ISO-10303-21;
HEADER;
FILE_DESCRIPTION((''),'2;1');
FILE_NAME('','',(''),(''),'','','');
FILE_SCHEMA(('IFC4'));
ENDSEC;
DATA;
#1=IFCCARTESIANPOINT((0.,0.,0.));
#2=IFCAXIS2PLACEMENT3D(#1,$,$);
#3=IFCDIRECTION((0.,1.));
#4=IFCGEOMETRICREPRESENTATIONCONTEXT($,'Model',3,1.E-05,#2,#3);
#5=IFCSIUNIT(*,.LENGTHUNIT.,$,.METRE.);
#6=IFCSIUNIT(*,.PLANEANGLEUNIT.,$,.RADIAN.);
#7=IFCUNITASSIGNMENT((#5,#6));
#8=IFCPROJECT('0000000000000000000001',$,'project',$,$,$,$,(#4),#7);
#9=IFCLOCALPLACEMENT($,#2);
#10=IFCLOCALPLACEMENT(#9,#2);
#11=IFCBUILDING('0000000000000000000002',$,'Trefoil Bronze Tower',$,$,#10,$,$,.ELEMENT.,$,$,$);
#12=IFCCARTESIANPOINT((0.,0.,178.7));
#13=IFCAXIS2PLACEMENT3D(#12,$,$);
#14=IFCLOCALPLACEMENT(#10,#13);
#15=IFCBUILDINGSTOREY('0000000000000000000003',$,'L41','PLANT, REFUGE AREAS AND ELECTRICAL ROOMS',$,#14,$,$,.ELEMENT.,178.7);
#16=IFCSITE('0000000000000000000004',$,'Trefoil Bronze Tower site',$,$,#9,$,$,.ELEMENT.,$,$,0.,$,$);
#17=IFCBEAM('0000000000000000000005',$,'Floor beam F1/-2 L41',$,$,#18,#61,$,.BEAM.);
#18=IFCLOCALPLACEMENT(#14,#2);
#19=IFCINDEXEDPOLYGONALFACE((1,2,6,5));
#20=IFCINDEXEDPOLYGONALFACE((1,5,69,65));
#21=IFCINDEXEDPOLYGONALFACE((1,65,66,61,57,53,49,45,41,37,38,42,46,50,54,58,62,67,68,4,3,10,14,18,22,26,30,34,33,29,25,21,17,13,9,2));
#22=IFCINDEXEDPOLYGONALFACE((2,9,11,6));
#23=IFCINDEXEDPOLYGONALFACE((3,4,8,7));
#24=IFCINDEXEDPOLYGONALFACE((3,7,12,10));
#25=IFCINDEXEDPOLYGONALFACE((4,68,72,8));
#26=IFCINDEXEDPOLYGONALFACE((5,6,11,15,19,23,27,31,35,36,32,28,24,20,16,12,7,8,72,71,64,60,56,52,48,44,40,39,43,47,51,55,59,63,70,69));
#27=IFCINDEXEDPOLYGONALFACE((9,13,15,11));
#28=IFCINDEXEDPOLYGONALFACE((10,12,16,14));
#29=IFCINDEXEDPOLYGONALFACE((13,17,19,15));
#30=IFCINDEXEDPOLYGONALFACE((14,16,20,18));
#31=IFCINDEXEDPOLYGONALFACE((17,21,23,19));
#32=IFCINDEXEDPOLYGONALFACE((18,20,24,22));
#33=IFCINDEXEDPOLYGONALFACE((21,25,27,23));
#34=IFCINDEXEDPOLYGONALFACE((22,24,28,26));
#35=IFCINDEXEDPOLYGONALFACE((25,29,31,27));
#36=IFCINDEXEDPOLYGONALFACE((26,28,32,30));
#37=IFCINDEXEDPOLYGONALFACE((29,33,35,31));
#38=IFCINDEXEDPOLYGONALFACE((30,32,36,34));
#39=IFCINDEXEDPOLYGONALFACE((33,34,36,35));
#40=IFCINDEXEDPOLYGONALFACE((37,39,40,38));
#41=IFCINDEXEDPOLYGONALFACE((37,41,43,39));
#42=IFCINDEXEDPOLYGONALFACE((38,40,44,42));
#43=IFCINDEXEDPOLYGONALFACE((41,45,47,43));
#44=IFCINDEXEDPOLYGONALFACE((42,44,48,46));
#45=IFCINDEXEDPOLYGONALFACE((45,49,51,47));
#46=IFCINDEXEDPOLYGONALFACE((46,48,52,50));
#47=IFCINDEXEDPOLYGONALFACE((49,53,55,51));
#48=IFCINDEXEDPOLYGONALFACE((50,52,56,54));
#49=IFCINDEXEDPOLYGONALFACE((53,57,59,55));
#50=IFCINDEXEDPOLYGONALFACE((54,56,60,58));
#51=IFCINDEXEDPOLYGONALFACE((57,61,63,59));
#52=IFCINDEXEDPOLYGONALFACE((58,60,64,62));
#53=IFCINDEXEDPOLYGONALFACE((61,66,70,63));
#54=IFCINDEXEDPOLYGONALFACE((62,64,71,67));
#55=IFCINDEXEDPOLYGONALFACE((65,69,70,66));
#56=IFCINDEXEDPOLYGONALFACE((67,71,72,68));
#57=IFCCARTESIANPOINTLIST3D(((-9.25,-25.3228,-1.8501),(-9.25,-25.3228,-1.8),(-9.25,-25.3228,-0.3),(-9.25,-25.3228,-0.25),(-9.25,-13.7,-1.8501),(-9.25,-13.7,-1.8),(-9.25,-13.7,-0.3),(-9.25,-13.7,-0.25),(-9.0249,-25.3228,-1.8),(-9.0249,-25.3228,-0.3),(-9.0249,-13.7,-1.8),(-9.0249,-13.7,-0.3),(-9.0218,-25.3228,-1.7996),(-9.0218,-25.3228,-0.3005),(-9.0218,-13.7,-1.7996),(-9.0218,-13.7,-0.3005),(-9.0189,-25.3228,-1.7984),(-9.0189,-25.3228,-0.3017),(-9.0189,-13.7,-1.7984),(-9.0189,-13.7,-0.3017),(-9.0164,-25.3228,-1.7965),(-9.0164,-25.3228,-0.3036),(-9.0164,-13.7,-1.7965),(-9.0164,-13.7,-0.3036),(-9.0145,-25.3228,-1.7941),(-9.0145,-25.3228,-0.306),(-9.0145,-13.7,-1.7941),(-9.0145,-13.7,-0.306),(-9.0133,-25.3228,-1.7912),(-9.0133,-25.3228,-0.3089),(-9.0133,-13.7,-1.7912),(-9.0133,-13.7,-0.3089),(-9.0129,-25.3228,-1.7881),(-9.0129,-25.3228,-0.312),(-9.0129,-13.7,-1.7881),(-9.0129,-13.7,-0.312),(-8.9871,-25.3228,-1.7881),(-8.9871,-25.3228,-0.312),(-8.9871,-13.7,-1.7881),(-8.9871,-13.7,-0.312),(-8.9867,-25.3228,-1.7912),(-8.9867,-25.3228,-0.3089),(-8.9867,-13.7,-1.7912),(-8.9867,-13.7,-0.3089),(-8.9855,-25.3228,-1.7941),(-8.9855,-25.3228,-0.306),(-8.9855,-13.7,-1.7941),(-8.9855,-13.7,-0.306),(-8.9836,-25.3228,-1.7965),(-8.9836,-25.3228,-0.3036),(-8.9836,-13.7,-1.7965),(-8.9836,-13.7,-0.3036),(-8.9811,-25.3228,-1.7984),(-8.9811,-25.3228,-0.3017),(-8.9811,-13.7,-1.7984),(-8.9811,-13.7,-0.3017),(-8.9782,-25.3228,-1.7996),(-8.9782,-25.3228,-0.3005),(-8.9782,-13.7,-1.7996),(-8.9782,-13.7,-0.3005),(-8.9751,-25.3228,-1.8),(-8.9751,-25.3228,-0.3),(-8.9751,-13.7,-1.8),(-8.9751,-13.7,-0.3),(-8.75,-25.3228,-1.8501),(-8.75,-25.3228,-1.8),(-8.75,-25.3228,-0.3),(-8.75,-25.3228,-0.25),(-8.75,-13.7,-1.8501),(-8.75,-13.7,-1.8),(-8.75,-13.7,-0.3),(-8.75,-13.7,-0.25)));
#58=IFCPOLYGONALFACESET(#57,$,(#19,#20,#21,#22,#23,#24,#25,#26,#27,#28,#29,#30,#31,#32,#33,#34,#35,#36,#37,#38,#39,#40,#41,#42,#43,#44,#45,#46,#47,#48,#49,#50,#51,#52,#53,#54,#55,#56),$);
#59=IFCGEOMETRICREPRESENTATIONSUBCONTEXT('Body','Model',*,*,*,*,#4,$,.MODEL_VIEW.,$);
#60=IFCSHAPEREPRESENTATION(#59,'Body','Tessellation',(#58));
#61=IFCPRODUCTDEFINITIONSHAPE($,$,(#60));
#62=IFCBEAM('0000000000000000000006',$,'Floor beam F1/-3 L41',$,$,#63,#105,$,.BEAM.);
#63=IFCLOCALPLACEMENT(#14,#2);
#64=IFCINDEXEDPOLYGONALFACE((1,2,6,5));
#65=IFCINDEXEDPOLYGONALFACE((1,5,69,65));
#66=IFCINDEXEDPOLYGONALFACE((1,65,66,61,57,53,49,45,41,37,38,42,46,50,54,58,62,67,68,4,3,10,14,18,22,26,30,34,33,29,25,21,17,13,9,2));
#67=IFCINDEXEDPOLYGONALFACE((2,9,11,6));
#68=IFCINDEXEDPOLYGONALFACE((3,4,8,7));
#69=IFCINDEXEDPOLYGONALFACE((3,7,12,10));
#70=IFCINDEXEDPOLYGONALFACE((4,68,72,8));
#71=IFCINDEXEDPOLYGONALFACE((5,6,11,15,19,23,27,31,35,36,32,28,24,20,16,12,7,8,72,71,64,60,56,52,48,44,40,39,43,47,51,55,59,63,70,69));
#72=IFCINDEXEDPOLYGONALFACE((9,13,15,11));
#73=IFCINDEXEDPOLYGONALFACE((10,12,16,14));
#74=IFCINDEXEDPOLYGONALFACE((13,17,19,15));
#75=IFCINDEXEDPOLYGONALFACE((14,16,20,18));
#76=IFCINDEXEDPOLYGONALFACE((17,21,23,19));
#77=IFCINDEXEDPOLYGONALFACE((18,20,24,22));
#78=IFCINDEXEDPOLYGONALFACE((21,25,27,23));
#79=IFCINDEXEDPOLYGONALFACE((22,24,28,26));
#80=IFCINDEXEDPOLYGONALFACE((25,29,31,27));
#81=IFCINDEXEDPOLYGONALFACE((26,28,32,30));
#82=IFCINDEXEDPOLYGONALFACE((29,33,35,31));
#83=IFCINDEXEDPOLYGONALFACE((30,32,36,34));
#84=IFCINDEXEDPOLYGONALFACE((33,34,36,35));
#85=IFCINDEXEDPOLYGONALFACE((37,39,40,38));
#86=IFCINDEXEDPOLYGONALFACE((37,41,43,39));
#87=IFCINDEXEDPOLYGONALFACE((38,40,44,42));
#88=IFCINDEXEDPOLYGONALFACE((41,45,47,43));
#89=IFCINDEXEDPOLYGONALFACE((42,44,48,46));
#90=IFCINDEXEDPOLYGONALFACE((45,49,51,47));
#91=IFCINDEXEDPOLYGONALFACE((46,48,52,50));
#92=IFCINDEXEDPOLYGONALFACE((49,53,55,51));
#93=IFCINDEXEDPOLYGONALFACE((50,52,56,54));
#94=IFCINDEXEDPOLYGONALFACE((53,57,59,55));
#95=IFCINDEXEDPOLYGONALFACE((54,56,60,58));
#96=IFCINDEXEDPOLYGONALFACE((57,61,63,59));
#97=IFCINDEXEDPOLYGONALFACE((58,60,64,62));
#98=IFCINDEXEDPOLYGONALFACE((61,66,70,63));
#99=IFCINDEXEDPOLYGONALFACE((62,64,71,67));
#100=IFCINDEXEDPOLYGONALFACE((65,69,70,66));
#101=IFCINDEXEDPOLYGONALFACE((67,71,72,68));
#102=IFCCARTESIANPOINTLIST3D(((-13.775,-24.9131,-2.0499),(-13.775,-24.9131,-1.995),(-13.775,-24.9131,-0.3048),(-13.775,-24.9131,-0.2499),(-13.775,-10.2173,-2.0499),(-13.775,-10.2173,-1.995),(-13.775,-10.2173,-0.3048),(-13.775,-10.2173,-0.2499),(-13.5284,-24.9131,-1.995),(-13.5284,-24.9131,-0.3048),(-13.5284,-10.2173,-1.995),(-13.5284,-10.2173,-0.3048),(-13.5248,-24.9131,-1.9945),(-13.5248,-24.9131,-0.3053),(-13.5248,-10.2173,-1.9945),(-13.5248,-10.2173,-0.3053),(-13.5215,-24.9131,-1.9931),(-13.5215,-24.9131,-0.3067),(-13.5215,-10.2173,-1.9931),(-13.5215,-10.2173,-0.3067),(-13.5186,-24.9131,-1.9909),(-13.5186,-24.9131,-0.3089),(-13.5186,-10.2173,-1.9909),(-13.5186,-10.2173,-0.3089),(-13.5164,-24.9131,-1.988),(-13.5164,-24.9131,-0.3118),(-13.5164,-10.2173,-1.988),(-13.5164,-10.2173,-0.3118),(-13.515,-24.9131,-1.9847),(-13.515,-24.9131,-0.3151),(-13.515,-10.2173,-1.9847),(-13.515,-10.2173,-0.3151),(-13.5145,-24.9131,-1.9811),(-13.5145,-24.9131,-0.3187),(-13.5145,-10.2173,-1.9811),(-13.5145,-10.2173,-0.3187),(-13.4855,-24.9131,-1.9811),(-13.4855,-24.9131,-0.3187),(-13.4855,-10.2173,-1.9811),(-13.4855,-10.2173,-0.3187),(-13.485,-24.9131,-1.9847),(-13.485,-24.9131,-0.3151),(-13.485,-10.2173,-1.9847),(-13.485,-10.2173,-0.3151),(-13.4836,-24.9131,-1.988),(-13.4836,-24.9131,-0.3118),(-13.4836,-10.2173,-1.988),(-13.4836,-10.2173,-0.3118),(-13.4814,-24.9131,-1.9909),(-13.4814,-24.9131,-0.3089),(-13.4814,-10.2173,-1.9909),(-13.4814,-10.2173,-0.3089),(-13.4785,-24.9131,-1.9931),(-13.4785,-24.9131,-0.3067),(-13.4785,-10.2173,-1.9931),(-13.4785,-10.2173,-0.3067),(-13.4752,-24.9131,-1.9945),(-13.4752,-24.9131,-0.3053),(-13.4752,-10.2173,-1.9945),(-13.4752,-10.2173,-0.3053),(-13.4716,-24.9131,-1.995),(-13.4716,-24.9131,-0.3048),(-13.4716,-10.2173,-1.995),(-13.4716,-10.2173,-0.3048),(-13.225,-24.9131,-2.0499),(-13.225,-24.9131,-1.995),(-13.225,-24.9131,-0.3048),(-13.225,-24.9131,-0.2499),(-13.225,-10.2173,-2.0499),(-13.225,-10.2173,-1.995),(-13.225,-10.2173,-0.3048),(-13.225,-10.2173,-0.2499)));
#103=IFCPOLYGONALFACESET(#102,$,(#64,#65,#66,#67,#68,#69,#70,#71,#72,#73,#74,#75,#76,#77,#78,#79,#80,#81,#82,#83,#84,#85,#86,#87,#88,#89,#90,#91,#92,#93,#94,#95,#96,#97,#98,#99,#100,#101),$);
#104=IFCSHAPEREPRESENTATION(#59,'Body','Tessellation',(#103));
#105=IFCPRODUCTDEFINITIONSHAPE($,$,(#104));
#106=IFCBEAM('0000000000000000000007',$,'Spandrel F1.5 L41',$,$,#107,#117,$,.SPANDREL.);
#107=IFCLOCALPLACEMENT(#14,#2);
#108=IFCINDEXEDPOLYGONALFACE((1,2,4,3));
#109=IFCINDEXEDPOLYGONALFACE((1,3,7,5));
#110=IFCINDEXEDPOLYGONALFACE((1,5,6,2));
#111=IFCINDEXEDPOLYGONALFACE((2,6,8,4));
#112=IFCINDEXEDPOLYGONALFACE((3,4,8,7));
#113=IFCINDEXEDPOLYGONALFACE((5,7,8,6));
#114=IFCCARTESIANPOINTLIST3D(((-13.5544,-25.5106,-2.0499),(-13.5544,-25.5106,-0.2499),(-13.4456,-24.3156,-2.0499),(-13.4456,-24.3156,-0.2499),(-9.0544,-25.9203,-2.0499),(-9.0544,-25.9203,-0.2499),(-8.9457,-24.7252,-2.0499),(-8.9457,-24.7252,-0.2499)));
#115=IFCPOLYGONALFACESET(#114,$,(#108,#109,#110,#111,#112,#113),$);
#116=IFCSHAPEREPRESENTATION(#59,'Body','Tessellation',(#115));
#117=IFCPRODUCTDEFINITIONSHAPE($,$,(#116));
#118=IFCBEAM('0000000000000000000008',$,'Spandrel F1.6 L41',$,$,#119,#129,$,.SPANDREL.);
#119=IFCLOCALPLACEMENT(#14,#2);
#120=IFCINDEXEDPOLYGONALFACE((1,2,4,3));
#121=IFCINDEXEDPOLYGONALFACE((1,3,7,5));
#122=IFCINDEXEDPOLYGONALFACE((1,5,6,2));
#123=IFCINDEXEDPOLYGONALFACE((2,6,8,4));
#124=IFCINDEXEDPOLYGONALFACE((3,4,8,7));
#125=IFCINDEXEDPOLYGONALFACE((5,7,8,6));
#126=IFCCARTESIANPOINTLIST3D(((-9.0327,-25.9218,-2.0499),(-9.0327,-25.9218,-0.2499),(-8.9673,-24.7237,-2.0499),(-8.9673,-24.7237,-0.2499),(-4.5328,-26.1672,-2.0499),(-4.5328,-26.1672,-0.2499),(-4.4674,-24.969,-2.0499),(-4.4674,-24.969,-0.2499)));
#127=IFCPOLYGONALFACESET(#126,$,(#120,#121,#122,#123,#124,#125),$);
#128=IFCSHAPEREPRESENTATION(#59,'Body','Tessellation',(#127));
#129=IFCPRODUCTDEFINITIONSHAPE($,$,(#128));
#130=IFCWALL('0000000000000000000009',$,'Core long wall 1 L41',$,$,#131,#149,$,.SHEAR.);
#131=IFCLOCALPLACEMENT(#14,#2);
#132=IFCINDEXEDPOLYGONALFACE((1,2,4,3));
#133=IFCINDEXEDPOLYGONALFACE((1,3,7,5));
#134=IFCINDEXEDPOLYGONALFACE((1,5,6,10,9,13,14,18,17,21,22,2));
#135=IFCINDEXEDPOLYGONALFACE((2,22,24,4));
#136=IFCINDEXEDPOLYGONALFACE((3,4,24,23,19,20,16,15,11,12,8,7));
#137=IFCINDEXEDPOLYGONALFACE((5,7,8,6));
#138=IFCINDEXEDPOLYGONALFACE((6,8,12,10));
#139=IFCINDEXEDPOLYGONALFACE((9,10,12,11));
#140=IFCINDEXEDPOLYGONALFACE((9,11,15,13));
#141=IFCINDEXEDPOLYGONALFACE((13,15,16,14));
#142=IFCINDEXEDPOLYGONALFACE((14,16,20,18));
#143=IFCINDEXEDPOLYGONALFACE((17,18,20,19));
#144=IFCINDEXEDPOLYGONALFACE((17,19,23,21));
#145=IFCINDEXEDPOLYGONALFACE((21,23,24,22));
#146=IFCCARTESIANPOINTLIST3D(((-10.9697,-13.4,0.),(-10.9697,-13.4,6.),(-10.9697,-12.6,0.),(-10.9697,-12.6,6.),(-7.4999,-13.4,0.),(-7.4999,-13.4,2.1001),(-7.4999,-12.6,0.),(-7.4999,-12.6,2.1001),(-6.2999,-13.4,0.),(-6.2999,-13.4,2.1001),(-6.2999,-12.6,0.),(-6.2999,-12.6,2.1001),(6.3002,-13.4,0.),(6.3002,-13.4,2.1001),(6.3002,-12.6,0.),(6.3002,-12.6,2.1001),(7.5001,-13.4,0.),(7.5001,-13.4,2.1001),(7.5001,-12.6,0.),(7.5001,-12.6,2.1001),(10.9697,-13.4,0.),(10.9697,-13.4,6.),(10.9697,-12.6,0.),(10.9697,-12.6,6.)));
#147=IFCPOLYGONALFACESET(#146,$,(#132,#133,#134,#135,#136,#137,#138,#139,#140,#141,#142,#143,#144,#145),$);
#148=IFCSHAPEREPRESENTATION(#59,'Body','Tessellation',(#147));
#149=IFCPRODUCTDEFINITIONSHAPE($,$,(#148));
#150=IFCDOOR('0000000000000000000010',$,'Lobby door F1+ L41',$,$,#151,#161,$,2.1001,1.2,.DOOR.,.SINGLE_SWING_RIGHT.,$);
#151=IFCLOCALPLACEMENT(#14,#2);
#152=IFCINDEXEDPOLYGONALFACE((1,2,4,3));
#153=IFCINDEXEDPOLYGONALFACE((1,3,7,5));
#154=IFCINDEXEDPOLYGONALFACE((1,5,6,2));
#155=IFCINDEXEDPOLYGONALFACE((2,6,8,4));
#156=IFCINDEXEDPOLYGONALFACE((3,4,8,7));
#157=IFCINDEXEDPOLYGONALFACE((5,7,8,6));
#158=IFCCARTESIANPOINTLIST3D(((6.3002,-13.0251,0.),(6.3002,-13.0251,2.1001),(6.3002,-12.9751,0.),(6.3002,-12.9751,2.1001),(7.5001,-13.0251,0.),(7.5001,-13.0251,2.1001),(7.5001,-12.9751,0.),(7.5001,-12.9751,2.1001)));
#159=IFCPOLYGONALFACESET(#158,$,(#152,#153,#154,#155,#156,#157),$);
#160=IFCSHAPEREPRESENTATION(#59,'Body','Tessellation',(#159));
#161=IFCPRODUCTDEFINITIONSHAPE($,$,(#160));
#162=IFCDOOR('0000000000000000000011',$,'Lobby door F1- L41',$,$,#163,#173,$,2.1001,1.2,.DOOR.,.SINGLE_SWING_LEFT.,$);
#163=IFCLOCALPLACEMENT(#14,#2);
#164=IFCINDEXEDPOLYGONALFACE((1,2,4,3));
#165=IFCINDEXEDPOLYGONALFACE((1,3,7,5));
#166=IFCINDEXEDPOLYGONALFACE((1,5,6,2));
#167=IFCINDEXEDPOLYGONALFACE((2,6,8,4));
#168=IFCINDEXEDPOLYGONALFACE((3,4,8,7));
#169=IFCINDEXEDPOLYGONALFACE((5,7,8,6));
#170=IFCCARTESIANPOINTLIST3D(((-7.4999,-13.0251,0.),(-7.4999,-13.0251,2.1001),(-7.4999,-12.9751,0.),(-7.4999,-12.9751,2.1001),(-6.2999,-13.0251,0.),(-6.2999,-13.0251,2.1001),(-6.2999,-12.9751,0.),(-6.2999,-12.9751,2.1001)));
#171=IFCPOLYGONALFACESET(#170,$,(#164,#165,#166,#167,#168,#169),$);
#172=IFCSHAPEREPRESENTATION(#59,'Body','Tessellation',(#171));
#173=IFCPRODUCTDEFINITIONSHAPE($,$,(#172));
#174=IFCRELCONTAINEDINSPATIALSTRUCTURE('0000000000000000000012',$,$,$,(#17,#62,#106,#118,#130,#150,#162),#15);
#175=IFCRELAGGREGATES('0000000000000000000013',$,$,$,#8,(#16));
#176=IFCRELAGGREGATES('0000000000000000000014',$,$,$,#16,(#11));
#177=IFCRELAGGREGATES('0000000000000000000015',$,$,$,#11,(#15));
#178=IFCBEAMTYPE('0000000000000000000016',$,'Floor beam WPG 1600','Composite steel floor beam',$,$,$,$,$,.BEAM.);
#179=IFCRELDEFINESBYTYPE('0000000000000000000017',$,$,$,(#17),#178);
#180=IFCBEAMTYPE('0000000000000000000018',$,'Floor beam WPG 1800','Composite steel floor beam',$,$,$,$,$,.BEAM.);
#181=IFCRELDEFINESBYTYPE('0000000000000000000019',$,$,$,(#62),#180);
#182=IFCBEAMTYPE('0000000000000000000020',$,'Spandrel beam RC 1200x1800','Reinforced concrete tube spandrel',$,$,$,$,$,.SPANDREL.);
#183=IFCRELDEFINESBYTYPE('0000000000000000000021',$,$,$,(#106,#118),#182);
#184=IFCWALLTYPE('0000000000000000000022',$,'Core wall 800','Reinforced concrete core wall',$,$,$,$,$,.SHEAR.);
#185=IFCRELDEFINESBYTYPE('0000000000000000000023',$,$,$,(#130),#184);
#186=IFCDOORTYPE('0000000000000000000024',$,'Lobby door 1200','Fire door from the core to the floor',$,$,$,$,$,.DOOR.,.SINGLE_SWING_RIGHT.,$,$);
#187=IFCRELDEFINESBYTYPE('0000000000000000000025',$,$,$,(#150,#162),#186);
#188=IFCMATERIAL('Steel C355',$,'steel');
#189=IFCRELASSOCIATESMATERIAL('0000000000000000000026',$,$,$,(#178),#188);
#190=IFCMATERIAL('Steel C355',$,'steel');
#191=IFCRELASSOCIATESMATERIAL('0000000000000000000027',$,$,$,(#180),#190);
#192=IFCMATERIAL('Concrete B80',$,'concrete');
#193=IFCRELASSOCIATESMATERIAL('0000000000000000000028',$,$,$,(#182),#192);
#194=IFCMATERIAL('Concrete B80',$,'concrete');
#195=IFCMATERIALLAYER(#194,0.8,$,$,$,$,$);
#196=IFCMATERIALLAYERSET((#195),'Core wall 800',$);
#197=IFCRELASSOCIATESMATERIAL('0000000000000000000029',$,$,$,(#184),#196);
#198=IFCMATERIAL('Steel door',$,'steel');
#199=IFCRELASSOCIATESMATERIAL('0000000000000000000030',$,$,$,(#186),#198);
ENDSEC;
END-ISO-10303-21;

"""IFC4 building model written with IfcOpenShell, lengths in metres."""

from ifc_helpers import new_model, si_unit, direction, frame, frame_2d, origin, origin_2d, place, context, subcontext, project, spatial, rectangle, i_section, extrude, material, layer, layer_set, material_profile, profile_set, type_object, element, fill, save


model = new_model("IFC4")

# Units and contexts
model_context = context("Model", 3, precision=1e-05, world=origin(), true_north=direction((0.0, 1.0)))
body_context = subcontext(model_context, "Body", "Model", "MODEL_VIEW")
ifc_project = project(units=[si_unit("LENGTHUNIT", "METRE"), si_unit("PLANEANGLEUNIT", "RADIAN")], contexts=[model_context])

# Site, building, storey
site_placement = place(None, origin())
site = spatial("IfcSite", under=ifc_project, at=site_placement, Name="Trefoil Bronze Tower site", CompositionType="ELEMENT", RefElevation=0.0)
building_placement = place(site_placement, origin())
building = spatial("IfcBuilding", under=site, at=building_placement, Name="Trefoil Bronze Tower", CompositionType="ELEMENT")
storey_placement = place(building_placement, frame((0.0, 0.0, 178.7)))
storey = spatial("IfcBuildingStorey", under=building, at=storey_placement, Name="L41", Description="PLANT, REFUGE AREAS AND ELECTRICAL ROOMS", CompositionType="ELEMENT", Elevation=178.7)

# Beams
ifc_material_1 = material(Name="Steel C355", Category="steel")
ifc_material_profile_1 = material_profile(ifc_material_1, i_section(OverallWidth=0.5, OverallDepth=1.6001, WebThickness=0.0259, FlangeThickness=0.05, FilletRadius=0.012, at=origin_2d()), Name="WPG 1600")
ifc_profile_set_1 = profile_set([ifc_material_profile_1], Name="Steel C355")
beam_type_1 = type_object("IfcBeamType", Name="Floor beam WPG 1600", Description="Composite steel floor beam", PredefinedType="BEAM", material=ifc_profile_set_1)
beam_1_placement = place(storey_placement, frame((-9.0, -25.3228, -1.05), z_axis=(0.0, 1.0, 0.0), x_axis=(-1.0, 0.0, 0.0)))
element("IfcBeam", 1, at=beam_1_placement, inside=storey, type_object=beam_type_1, Name="Floor beam F1/-2 L41", PredefinedType="BEAM", context=body_context, shape_type="SweptSolid", body=[
    extrude(i_section(OverallWidth=0.5, OverallDepth=1.6001, WebThickness=0.0259, FlangeThickness=0.05, FilletRadius=0.012, at=origin_2d()), origin(), (0.0, 0.0, 1.0), 11.6228),
])
ifc_material_2 = material(Name="Steel C355", Category="steel")
ifc_material_profile_2 = material_profile(ifc_material_2, i_section(OverallWidth=0.55, OverallDepth=1.8, WebThickness=0.0291, FlangeThickness=0.0549, FilletRadius=0.0139, at=origin_2d()), Name="WPG 1800")
ifc_profile_set_2 = profile_set([ifc_material_profile_2], Name="Steel C355")
beam_type_2 = type_object("IfcBeamType", Name="Floor beam WPG 1800", Description="Composite steel floor beam", PredefinedType="BEAM", material=ifc_profile_set_2)
beam_2_placement = place(storey_placement, frame((-13.5, -24.9131, -1.1499), z_axis=(0.0, 1.0, 0.0), x_axis=(-1.0, 0.0, 0.0)))
element("IfcBeam", 2, at=beam_2_placement, inside=storey, type_object=beam_type_2, Name="Floor beam F1/-3 L41", PredefinedType="BEAM", context=body_context, shape_type="SweptSolid", body=[
    extrude(i_section(OverallWidth=0.55, OverallDepth=1.8, WebThickness=0.0291, FlangeThickness=0.0549, FilletRadius=0.0139, at=origin_2d()), origin(), (0.0, 0.0, 1.0), 14.6958),
])
ifc_material_3 = material(Name="Concrete B80", Category="concrete")
ifc_material_profile_3 = material_profile(ifc_material_3, rectangle(XDim=1.2, YDim=1.8, at=origin_2d()), Name="RC 1200x1800")
ifc_profile_set_3 = profile_set([ifc_material_profile_3], Name="Concrete B80")
beam_type_3 = type_object("IfcBeamType", Name="Spandrel beam RC 1200x1800", Description="Reinforced concrete tube spandrel", PredefinedType="SPANDREL", material=ifc_profile_set_3)
beam_3_placement = place(storey_placement, frame((-13.5, -24.9131, -1.1499), z_axis=(0.995882, -0.090662, 0.0), x_axis=(0.090662, 0.995882, 0.0)))
element("IfcBeam", 3, at=beam_3_placement, inside=storey, type_object=beam_type_3, Name="Spandrel F1.5 L41", PredefinedType="SPANDREL", context=body_context, shape_type="SweptSolid", body=[
    extrude(rectangle(XDim=1.2, YDim=1.8, at=origin_2d()), origin(), (0.0, 0.0, 1.0), 4.5186),
])
beam_4_placement = place(storey_placement, frame((-9.0, -25.3228, -1.1499), z_axis=(0.998517, -0.054444, 0.0), x_axis=(0.054444, 0.998517, 0.0)))
element("IfcBeam", 4, at=beam_4_placement, inside=storey, type_object=beam_type_3, Name="Spandrel F1.6 L41", PredefinedType="SPANDREL", context=body_context, shape_type="SweptSolid", body=[
    extrude(rectangle(XDim=1.2, YDim=1.8, at=origin_2d()), origin(), (0.0, 0.0, 1.0), 4.5066),
])

# Wall, openings, doors
ifc_material_4 = material(Name="Concrete B80", Category="concrete")
ifc_layer_1 = layer(ifc_material_4, 0.8)
ifc_layer_set_1 = layer_set([ifc_layer_1], Name="Core wall 800")
wall_type_1 = type_object("IfcWallType", Name="Core wall 800", Description="Reinforced concrete core wall", PredefinedType="SHEAR", material=ifc_layer_set_1)
wall_placement = place(storey_placement, frame((-10.9697, -13.0, 0.0), z_axis=(0.0, 0.0, 1.0), x_axis=(1.0, 0.0, 0.0)))
wall = element("IfcWall", 5, at=wall_placement, inside=storey, type_object=wall_type_1, Name="Core long wall 1 L41", PredefinedType="SHEAR", context=body_context, shape_type="SweptSolid", body=[
    extrude(rectangle(XDim=21.9395, YDim=0.8, at=frame_2d((10.9697, 0.0))), origin(), (0.0, 0.0, 1.0), 6.0),
])
opening_1_placement = place(wall_placement, frame((17.2698, 0.0, 0.0)))
opening_1 = element("IfcOpeningElement", 6, at=opening_1_placement, cuts=wall, PredefinedType="OPENING", context=body_context, shape_type="SweptSolid", body=[
    extrude(rectangle(XDim=1.2, YDim=2.1001, at=frame_2d((0.6001, 1.05))), frame((0.0, 0.4099, 0.0), z_axis=(0.0, -1.0, 0.0), x_axis=(1.0, 0.0, 0.0)), (0.0, 0.0, 1.0), 0.8201),
])
opening_2_placement = place(wall_placement, frame((3.4697, 0.0, 0.0)))
opening_2 = element("IfcOpeningElement", 7, at=opening_2_placement, cuts=wall, PredefinedType="OPENING", context=body_context, shape_type="SweptSolid", body=[
    extrude(rectangle(XDim=1.2, YDim=2.1001, at=frame_2d((0.6001, 1.05))), frame((0.0, 0.4099, 0.0), z_axis=(0.0, -1.0, 0.0), x_axis=(1.0, 0.0, 0.0)), (0.0, 0.0, 1.0), 0.8201),
])
ifc_material_5 = material(Name="Steel door", Category="steel")
door_type = type_object("IfcDoorType", Name="Lobby door 1200", Description="Fire door from the core to the floor", OperationType="SINGLE_SWING_RIGHT", PredefinedType="DOOR", material=ifc_material_5)
door_1_placement = place(opening_1_placement, origin())
door_1 = element("IfcDoor", 8, at=door_1_placement, inside=storey, type_object=door_type, Name="Lobby door F1+ L41", OperationType="SINGLE_SWING_RIGHT", OverallHeight=2.1001, OverallWidth=1.2, PredefinedType="DOOR", context=body_context, shape_type="SweptSolid", body=[
    extrude(rectangle(XDim=1.2, YDim=2.1001, at=frame_2d((0.6001, 1.05))), frame((0.0, 0.0249, 0.0), z_axis=(0.0, -1.0, 0.0), x_axis=(1.0, 0.0, 0.0)), (0.0, 0.0, 1.0), 0.05),
])
fill(opening_1, door_1)
door_2_placement = place(opening_2_placement, origin())
door_2 = element("IfcDoor", 9, at=door_2_placement, inside=storey, type_object=door_type, Name="Lobby door F1- L41", OperationType="SINGLE_SWING_LEFT", OverallHeight=2.1001, OverallWidth=1.2, PredefinedType="DOOR", context=body_context, shape_type="SweptSolid", body=[
    extrude(rectangle(XDim=1.2, YDim=2.1001, at=frame_2d((0.6001, 1.05))), frame((0.0, 0.0249, 0.0), z_axis=(0.0, -1.0, 0.0), x_axis=(1.0, 0.0, 0.0)), (0.0, 0.0, 1.0), 0.05),
])
fill(opening_2, door_2)

save(model, "model.ifc")
